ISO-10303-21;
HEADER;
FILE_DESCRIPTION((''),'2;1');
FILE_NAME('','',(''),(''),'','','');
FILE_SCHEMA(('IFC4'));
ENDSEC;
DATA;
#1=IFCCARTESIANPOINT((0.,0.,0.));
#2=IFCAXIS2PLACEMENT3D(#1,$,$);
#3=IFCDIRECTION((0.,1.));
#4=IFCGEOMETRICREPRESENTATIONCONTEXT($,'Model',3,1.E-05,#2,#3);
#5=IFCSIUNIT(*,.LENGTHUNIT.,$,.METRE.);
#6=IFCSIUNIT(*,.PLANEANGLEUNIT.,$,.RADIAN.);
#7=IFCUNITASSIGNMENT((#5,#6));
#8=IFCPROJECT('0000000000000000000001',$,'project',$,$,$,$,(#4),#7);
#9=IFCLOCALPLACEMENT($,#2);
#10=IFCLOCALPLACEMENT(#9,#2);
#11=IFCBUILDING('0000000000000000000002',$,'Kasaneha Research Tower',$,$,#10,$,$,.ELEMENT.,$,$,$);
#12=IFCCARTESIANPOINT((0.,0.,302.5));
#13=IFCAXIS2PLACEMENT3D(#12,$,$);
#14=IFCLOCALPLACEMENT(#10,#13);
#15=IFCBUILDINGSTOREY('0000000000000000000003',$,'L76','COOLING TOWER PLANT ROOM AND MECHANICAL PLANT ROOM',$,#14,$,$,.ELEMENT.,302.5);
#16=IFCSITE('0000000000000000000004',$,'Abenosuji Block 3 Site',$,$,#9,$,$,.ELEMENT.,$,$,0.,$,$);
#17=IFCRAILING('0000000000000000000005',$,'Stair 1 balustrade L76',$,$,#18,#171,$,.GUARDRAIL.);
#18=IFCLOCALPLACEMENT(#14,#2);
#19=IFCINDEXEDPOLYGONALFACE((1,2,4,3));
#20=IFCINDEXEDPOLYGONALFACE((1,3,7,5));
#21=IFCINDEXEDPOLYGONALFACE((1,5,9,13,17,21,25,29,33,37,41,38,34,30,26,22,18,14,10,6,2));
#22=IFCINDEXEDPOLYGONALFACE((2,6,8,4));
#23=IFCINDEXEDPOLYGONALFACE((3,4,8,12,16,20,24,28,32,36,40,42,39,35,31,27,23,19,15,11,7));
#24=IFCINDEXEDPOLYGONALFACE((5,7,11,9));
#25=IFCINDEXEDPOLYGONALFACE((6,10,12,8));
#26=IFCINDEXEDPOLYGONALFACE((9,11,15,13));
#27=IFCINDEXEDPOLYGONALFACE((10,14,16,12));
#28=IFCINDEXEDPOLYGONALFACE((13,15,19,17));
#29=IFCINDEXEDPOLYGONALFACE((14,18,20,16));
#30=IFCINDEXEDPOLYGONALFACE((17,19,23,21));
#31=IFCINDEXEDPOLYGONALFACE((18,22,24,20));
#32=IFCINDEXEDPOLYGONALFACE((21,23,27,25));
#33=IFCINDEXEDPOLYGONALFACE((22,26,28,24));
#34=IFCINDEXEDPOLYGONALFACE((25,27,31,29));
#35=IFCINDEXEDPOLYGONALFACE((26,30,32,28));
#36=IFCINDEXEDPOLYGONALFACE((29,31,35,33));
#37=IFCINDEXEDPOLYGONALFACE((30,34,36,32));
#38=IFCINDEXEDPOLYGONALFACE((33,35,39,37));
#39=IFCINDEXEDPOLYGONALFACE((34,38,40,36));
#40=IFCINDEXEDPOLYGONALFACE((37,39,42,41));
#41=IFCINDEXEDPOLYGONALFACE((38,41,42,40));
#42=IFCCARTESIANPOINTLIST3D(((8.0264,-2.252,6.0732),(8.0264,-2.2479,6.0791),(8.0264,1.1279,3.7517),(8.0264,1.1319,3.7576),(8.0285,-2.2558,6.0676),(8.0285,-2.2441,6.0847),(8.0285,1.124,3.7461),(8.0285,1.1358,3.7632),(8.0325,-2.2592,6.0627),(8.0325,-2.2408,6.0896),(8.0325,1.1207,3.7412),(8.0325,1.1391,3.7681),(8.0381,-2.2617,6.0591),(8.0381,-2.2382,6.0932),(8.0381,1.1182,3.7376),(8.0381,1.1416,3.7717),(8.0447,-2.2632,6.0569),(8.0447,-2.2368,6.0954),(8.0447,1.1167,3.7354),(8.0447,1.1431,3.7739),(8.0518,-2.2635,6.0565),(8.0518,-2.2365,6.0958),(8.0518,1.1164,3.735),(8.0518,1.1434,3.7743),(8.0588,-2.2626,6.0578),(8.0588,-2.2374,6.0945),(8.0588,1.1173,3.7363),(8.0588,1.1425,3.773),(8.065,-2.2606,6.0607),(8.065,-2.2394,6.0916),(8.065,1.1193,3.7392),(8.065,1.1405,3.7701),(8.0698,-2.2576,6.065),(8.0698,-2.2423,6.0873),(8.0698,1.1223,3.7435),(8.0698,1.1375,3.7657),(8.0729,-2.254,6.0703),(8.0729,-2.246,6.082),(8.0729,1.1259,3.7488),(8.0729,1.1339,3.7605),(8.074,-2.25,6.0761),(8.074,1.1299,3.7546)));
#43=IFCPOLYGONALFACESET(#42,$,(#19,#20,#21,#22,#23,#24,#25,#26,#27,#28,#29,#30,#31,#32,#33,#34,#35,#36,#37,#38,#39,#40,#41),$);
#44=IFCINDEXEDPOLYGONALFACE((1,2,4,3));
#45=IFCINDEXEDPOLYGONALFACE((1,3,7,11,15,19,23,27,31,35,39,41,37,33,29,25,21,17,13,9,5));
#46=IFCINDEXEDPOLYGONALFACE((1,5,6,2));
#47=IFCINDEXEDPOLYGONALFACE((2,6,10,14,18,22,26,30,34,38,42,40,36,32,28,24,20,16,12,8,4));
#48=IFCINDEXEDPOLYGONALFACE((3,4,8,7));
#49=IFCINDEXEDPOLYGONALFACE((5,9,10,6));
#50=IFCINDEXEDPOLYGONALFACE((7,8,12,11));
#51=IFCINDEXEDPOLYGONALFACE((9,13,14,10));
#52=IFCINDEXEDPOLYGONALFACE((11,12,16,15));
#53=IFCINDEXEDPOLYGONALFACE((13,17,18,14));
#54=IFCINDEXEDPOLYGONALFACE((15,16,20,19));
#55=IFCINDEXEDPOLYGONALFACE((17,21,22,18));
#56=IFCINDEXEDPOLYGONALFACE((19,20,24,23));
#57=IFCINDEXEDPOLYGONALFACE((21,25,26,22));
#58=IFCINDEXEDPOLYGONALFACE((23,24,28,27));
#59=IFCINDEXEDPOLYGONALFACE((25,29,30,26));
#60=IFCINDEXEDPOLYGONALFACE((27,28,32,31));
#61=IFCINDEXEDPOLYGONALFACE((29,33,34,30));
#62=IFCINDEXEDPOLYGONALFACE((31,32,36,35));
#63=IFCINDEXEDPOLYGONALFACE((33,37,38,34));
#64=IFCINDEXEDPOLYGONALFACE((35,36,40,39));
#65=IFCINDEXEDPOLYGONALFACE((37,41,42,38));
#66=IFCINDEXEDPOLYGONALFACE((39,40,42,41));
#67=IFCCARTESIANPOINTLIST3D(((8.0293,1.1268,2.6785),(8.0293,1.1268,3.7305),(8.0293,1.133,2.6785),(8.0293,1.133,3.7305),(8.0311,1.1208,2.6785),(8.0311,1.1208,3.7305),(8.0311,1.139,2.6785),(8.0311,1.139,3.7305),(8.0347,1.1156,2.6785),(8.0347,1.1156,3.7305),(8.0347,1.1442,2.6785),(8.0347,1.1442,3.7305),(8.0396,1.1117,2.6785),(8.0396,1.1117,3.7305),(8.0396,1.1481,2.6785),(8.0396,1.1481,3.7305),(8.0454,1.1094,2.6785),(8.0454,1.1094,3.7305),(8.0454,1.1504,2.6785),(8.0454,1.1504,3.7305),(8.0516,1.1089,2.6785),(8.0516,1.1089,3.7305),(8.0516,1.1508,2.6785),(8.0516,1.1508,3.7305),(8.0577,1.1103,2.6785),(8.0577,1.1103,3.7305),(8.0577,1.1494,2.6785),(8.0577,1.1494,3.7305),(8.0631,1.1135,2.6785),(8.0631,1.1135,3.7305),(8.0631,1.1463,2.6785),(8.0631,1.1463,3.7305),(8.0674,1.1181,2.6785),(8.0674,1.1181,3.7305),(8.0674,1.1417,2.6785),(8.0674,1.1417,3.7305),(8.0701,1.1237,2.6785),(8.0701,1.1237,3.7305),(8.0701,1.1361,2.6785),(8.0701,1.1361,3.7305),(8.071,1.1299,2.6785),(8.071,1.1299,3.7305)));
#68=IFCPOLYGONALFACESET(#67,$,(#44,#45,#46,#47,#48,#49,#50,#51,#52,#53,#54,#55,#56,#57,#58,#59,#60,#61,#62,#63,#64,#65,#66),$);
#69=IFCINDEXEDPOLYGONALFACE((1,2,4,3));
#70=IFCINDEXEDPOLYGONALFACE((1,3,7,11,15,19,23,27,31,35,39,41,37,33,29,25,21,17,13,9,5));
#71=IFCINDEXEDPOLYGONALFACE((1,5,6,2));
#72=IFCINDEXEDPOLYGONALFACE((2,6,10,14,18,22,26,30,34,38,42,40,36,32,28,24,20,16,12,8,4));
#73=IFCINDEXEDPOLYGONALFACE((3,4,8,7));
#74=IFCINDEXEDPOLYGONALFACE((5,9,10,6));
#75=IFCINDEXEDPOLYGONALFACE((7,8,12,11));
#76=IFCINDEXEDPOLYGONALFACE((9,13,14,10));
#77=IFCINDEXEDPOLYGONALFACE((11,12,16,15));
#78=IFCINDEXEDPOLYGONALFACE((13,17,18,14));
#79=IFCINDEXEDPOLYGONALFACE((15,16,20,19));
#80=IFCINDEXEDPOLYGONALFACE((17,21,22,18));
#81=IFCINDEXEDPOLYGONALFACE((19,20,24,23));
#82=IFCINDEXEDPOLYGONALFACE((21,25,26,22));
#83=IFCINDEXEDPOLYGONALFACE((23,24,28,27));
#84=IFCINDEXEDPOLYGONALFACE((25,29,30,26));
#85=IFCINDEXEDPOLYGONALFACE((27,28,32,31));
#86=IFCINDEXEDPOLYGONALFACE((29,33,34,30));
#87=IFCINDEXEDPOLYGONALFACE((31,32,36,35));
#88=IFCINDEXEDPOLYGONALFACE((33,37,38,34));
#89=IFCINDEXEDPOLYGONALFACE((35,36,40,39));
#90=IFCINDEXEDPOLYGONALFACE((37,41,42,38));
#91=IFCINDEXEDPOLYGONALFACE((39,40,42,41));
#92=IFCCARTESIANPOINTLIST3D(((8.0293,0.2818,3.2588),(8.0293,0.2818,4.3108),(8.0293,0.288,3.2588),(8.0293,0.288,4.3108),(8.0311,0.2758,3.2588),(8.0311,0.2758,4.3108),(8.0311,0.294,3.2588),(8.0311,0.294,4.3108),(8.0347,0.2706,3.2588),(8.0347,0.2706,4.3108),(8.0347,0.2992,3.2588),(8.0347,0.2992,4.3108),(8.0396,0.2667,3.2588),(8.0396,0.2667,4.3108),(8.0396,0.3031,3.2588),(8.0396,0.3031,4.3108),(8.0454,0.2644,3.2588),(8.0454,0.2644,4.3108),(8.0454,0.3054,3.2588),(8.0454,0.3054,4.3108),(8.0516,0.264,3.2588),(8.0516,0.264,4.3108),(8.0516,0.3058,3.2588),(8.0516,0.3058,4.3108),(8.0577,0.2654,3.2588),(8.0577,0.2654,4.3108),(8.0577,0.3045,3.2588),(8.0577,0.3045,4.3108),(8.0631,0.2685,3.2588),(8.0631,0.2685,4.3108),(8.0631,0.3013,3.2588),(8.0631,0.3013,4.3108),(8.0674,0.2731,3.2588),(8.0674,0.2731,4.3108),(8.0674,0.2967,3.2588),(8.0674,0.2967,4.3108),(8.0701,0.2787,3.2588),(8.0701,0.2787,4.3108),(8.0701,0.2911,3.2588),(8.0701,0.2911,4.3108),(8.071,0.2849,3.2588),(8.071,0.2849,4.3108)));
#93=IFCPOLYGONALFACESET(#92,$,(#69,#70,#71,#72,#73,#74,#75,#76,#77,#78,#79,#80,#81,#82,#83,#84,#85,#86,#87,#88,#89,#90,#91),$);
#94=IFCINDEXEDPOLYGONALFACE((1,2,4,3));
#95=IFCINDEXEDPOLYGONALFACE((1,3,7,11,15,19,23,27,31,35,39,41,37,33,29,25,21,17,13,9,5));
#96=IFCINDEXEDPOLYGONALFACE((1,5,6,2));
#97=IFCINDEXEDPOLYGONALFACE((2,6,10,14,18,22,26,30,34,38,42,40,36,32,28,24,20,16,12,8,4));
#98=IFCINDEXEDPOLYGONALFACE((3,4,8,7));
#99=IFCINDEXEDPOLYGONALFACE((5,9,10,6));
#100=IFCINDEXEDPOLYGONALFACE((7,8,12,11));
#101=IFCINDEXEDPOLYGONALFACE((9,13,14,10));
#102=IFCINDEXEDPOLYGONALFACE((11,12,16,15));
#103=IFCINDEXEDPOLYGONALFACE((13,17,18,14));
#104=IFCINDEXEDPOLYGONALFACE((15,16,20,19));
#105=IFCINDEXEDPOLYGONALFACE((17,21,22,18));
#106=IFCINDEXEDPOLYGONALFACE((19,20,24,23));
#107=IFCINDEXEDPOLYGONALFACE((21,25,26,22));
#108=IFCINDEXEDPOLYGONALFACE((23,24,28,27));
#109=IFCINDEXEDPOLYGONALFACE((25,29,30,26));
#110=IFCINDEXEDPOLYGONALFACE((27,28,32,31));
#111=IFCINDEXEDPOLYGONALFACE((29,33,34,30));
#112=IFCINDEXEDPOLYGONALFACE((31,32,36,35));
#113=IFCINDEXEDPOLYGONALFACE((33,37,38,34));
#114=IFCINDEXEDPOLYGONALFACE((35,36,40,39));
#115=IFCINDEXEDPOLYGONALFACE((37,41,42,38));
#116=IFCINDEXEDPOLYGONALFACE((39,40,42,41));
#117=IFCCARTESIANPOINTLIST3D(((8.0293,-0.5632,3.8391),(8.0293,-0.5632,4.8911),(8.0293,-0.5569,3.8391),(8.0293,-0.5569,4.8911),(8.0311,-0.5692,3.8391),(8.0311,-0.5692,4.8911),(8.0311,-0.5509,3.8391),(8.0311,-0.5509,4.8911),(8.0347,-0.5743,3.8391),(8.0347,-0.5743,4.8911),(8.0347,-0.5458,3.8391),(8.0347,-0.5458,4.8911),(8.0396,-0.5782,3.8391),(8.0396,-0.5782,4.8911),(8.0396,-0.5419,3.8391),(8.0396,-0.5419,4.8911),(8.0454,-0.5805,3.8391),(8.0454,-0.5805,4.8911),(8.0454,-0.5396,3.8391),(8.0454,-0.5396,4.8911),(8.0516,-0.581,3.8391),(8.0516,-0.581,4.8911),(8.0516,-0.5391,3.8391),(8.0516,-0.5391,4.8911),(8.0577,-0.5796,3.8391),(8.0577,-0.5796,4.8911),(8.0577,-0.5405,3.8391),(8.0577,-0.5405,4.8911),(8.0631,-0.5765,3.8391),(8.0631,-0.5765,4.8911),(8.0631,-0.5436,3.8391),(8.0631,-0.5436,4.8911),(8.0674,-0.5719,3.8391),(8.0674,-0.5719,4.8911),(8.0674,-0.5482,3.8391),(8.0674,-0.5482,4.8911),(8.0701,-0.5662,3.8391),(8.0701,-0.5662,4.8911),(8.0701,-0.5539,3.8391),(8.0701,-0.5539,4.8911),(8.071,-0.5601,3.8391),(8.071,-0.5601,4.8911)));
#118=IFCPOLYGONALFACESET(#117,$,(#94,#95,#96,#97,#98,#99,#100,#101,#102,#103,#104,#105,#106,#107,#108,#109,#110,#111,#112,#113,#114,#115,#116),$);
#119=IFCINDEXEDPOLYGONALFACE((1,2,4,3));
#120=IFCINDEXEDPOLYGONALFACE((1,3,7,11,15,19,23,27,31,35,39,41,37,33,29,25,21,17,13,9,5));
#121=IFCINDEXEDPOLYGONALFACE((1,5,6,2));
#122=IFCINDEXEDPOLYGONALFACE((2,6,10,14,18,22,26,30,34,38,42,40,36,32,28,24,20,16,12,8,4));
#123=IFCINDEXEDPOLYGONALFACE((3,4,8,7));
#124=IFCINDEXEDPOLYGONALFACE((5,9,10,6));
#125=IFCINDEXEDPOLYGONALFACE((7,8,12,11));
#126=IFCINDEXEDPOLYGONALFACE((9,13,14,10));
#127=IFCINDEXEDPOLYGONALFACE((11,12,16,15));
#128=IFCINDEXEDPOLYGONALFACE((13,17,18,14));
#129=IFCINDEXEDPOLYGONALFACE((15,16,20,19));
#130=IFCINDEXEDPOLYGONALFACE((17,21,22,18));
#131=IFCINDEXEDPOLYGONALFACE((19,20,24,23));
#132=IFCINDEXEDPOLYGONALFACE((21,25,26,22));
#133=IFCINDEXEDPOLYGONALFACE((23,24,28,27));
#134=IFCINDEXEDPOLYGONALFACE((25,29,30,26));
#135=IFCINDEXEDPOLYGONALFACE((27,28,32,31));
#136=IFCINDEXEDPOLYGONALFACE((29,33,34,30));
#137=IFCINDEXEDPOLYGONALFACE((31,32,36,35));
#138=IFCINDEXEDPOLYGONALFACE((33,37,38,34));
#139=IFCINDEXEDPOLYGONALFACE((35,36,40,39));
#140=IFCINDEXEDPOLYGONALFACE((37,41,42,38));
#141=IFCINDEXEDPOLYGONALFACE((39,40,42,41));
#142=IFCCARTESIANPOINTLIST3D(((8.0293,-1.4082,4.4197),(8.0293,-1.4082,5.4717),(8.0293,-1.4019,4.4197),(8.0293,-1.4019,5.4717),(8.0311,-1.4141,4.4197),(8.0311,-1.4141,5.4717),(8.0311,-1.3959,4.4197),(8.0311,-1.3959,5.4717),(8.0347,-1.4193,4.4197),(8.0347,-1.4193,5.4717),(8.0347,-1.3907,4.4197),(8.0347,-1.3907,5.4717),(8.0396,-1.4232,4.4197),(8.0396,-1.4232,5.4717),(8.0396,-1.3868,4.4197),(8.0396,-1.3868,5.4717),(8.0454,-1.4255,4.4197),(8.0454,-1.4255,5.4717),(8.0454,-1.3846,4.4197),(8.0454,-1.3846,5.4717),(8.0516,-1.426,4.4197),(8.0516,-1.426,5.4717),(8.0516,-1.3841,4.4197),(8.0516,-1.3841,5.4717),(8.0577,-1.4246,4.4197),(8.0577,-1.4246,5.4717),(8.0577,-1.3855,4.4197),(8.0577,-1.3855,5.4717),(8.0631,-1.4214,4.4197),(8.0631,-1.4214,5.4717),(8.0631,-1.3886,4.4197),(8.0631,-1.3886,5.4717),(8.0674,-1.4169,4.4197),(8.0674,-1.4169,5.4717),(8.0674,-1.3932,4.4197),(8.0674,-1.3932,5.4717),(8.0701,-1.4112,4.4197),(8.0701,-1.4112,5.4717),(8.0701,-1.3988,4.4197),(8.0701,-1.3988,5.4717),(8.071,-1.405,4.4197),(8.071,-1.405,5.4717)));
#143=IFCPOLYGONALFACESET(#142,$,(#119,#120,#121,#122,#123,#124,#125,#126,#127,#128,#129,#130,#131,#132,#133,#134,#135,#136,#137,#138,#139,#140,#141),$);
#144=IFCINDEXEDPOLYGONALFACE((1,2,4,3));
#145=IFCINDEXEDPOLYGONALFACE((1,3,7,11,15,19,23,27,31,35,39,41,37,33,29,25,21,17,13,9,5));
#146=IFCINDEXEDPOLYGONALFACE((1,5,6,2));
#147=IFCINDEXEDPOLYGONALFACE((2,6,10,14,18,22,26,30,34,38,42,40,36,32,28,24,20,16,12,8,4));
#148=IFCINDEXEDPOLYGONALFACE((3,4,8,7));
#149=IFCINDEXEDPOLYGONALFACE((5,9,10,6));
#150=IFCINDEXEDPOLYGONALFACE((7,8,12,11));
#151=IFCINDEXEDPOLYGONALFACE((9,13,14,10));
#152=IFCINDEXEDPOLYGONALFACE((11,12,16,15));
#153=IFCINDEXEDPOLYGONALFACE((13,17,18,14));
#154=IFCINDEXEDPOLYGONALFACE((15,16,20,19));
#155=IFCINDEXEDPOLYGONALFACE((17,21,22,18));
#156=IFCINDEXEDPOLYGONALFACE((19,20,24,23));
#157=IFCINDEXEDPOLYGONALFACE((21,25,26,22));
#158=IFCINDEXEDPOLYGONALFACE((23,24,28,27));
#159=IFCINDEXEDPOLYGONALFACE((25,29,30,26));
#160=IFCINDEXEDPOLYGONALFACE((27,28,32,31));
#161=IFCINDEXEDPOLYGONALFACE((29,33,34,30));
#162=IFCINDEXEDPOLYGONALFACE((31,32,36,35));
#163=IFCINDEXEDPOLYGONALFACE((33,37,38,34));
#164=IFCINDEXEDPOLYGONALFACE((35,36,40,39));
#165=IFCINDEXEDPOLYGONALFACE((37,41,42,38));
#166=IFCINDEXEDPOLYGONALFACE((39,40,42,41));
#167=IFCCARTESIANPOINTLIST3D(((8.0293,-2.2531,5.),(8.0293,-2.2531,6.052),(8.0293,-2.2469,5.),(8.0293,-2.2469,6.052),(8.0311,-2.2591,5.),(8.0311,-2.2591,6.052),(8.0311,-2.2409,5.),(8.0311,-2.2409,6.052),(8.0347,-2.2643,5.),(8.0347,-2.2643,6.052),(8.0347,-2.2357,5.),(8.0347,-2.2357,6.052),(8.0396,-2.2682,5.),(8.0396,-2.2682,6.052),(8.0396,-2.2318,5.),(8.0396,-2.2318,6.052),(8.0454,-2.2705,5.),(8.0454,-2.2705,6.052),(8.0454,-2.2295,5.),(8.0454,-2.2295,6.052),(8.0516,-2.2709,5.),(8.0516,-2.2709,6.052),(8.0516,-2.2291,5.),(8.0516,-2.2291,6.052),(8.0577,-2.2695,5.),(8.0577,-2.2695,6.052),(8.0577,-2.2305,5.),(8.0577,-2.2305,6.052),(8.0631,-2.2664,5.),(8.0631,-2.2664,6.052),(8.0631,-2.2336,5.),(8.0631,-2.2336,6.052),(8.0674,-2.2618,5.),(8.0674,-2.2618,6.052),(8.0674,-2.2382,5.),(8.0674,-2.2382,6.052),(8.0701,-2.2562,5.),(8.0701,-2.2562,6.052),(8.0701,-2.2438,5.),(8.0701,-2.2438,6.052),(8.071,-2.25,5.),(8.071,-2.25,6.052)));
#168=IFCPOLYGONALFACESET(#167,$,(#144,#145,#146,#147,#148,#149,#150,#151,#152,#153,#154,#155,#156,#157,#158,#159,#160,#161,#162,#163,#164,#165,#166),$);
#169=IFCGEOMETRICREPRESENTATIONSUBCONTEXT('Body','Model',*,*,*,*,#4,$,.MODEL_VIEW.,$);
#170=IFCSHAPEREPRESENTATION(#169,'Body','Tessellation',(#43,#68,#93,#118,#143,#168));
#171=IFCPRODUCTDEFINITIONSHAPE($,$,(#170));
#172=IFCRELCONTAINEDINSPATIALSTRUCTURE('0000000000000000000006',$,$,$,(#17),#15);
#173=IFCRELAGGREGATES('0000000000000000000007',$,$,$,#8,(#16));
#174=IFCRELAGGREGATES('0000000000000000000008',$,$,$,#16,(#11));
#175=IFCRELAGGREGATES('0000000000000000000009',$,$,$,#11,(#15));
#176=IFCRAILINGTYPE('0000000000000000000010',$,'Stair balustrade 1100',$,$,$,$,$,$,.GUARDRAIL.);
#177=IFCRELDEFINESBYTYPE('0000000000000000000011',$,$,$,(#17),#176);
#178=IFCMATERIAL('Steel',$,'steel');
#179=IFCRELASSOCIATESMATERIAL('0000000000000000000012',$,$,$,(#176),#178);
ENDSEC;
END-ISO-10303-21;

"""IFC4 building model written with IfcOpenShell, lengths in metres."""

from ifc_helpers import new_model, si_unit, direction, frame, origin, origin_2d, place, context, subcontext, project, spatial, circle, extrude, material, type_object, element, save


model = new_model("IFC4")

# Units and contexts
model_context = context("Model", 3, precision=1e-05, world=origin(), true_north=direction((0.0, 1.0)))
body_context = subcontext(model_context, "Body", "Model", "MODEL_VIEW")
ifc_project = project(units=[si_unit("LENGTHUNIT", "METRE"), si_unit("PLANEANGLEUNIT", "RADIAN")], contexts=[model_context])

# Site, building, storey
site_placement = place(None, origin())
site = spatial("IfcSite", under=ifc_project, at=site_placement, Name="Abenosuji Block 3 Site", CompositionType="ELEMENT", RefElevation=0.0)
building_placement = place(site_placement, origin())
building = spatial("IfcBuilding", under=site, at=building_placement, Name="Kasaneha Research Tower", CompositionType="ELEMENT")
storey_placement = place(building_placement, frame((0.0, 0.0, 302.5)))
storey = spatial("IfcBuildingStorey", under=building, at=storey_placement, Name="L76", Description="COOLING TOWER PLANT ROOM AND MECHANICAL PLANT ROOM", CompositionType="ELEMENT", Elevation=302.5)

# Railing
ifc_material_1 = material(Name="Steel", Category="steel")
railing_type_1 = type_object("IfcRailingType", Name="Stair balustrade 1100", PredefinedType="GUARDRAIL", material=ifc_material_1)
railing_1_placement = place(storey_placement, frame((8.05, 1.1299, 2.6785)))
element("IfcRailing", 1, at=railing_1_placement, inside=storey, type_object=railing_type_1, Name="Stair 1 balustrade L76", PredefinedType="GUARDRAIL", context=body_context, shape_type="SweptSolid", body=[
    extrude(circle(Radius=0.0239, at=origin_2d()), frame((0.0, 0.0, 1.0762), z_axis=(0.0, -0.824285, 0.566175), x_axis=(1.0, 0.0, 0.0)), (0.0, 0.0, 1.0), 4.1003),
    extrude(circle(Radius=0.021, at=origin_2d()), origin(), (0.0, 0.0, 1.0), 1.052),
    extrude(circle(Radius=0.021, at=origin_2d()), frame((0.0, -0.845, 0.5803)), (0.0, 0.0, 1.0), 1.052),
    extrude(circle(Radius=0.021, at=origin_2d()), frame((0.0, -1.6899, 1.1606)), (0.0, 0.0, 1.0), 1.052),
    extrude(circle(Radius=0.021, at=origin_2d()), frame((0.0, -2.5349, 1.7412)), (0.0, 0.0, 1.0), 1.052),
    extrude(circle(Radius=0.021, at=origin_2d()), frame((0.0, -3.3799, 2.3215)), (0.0, 0.0, 1.0), 1.052),
])

save(model, "model.ifc")
